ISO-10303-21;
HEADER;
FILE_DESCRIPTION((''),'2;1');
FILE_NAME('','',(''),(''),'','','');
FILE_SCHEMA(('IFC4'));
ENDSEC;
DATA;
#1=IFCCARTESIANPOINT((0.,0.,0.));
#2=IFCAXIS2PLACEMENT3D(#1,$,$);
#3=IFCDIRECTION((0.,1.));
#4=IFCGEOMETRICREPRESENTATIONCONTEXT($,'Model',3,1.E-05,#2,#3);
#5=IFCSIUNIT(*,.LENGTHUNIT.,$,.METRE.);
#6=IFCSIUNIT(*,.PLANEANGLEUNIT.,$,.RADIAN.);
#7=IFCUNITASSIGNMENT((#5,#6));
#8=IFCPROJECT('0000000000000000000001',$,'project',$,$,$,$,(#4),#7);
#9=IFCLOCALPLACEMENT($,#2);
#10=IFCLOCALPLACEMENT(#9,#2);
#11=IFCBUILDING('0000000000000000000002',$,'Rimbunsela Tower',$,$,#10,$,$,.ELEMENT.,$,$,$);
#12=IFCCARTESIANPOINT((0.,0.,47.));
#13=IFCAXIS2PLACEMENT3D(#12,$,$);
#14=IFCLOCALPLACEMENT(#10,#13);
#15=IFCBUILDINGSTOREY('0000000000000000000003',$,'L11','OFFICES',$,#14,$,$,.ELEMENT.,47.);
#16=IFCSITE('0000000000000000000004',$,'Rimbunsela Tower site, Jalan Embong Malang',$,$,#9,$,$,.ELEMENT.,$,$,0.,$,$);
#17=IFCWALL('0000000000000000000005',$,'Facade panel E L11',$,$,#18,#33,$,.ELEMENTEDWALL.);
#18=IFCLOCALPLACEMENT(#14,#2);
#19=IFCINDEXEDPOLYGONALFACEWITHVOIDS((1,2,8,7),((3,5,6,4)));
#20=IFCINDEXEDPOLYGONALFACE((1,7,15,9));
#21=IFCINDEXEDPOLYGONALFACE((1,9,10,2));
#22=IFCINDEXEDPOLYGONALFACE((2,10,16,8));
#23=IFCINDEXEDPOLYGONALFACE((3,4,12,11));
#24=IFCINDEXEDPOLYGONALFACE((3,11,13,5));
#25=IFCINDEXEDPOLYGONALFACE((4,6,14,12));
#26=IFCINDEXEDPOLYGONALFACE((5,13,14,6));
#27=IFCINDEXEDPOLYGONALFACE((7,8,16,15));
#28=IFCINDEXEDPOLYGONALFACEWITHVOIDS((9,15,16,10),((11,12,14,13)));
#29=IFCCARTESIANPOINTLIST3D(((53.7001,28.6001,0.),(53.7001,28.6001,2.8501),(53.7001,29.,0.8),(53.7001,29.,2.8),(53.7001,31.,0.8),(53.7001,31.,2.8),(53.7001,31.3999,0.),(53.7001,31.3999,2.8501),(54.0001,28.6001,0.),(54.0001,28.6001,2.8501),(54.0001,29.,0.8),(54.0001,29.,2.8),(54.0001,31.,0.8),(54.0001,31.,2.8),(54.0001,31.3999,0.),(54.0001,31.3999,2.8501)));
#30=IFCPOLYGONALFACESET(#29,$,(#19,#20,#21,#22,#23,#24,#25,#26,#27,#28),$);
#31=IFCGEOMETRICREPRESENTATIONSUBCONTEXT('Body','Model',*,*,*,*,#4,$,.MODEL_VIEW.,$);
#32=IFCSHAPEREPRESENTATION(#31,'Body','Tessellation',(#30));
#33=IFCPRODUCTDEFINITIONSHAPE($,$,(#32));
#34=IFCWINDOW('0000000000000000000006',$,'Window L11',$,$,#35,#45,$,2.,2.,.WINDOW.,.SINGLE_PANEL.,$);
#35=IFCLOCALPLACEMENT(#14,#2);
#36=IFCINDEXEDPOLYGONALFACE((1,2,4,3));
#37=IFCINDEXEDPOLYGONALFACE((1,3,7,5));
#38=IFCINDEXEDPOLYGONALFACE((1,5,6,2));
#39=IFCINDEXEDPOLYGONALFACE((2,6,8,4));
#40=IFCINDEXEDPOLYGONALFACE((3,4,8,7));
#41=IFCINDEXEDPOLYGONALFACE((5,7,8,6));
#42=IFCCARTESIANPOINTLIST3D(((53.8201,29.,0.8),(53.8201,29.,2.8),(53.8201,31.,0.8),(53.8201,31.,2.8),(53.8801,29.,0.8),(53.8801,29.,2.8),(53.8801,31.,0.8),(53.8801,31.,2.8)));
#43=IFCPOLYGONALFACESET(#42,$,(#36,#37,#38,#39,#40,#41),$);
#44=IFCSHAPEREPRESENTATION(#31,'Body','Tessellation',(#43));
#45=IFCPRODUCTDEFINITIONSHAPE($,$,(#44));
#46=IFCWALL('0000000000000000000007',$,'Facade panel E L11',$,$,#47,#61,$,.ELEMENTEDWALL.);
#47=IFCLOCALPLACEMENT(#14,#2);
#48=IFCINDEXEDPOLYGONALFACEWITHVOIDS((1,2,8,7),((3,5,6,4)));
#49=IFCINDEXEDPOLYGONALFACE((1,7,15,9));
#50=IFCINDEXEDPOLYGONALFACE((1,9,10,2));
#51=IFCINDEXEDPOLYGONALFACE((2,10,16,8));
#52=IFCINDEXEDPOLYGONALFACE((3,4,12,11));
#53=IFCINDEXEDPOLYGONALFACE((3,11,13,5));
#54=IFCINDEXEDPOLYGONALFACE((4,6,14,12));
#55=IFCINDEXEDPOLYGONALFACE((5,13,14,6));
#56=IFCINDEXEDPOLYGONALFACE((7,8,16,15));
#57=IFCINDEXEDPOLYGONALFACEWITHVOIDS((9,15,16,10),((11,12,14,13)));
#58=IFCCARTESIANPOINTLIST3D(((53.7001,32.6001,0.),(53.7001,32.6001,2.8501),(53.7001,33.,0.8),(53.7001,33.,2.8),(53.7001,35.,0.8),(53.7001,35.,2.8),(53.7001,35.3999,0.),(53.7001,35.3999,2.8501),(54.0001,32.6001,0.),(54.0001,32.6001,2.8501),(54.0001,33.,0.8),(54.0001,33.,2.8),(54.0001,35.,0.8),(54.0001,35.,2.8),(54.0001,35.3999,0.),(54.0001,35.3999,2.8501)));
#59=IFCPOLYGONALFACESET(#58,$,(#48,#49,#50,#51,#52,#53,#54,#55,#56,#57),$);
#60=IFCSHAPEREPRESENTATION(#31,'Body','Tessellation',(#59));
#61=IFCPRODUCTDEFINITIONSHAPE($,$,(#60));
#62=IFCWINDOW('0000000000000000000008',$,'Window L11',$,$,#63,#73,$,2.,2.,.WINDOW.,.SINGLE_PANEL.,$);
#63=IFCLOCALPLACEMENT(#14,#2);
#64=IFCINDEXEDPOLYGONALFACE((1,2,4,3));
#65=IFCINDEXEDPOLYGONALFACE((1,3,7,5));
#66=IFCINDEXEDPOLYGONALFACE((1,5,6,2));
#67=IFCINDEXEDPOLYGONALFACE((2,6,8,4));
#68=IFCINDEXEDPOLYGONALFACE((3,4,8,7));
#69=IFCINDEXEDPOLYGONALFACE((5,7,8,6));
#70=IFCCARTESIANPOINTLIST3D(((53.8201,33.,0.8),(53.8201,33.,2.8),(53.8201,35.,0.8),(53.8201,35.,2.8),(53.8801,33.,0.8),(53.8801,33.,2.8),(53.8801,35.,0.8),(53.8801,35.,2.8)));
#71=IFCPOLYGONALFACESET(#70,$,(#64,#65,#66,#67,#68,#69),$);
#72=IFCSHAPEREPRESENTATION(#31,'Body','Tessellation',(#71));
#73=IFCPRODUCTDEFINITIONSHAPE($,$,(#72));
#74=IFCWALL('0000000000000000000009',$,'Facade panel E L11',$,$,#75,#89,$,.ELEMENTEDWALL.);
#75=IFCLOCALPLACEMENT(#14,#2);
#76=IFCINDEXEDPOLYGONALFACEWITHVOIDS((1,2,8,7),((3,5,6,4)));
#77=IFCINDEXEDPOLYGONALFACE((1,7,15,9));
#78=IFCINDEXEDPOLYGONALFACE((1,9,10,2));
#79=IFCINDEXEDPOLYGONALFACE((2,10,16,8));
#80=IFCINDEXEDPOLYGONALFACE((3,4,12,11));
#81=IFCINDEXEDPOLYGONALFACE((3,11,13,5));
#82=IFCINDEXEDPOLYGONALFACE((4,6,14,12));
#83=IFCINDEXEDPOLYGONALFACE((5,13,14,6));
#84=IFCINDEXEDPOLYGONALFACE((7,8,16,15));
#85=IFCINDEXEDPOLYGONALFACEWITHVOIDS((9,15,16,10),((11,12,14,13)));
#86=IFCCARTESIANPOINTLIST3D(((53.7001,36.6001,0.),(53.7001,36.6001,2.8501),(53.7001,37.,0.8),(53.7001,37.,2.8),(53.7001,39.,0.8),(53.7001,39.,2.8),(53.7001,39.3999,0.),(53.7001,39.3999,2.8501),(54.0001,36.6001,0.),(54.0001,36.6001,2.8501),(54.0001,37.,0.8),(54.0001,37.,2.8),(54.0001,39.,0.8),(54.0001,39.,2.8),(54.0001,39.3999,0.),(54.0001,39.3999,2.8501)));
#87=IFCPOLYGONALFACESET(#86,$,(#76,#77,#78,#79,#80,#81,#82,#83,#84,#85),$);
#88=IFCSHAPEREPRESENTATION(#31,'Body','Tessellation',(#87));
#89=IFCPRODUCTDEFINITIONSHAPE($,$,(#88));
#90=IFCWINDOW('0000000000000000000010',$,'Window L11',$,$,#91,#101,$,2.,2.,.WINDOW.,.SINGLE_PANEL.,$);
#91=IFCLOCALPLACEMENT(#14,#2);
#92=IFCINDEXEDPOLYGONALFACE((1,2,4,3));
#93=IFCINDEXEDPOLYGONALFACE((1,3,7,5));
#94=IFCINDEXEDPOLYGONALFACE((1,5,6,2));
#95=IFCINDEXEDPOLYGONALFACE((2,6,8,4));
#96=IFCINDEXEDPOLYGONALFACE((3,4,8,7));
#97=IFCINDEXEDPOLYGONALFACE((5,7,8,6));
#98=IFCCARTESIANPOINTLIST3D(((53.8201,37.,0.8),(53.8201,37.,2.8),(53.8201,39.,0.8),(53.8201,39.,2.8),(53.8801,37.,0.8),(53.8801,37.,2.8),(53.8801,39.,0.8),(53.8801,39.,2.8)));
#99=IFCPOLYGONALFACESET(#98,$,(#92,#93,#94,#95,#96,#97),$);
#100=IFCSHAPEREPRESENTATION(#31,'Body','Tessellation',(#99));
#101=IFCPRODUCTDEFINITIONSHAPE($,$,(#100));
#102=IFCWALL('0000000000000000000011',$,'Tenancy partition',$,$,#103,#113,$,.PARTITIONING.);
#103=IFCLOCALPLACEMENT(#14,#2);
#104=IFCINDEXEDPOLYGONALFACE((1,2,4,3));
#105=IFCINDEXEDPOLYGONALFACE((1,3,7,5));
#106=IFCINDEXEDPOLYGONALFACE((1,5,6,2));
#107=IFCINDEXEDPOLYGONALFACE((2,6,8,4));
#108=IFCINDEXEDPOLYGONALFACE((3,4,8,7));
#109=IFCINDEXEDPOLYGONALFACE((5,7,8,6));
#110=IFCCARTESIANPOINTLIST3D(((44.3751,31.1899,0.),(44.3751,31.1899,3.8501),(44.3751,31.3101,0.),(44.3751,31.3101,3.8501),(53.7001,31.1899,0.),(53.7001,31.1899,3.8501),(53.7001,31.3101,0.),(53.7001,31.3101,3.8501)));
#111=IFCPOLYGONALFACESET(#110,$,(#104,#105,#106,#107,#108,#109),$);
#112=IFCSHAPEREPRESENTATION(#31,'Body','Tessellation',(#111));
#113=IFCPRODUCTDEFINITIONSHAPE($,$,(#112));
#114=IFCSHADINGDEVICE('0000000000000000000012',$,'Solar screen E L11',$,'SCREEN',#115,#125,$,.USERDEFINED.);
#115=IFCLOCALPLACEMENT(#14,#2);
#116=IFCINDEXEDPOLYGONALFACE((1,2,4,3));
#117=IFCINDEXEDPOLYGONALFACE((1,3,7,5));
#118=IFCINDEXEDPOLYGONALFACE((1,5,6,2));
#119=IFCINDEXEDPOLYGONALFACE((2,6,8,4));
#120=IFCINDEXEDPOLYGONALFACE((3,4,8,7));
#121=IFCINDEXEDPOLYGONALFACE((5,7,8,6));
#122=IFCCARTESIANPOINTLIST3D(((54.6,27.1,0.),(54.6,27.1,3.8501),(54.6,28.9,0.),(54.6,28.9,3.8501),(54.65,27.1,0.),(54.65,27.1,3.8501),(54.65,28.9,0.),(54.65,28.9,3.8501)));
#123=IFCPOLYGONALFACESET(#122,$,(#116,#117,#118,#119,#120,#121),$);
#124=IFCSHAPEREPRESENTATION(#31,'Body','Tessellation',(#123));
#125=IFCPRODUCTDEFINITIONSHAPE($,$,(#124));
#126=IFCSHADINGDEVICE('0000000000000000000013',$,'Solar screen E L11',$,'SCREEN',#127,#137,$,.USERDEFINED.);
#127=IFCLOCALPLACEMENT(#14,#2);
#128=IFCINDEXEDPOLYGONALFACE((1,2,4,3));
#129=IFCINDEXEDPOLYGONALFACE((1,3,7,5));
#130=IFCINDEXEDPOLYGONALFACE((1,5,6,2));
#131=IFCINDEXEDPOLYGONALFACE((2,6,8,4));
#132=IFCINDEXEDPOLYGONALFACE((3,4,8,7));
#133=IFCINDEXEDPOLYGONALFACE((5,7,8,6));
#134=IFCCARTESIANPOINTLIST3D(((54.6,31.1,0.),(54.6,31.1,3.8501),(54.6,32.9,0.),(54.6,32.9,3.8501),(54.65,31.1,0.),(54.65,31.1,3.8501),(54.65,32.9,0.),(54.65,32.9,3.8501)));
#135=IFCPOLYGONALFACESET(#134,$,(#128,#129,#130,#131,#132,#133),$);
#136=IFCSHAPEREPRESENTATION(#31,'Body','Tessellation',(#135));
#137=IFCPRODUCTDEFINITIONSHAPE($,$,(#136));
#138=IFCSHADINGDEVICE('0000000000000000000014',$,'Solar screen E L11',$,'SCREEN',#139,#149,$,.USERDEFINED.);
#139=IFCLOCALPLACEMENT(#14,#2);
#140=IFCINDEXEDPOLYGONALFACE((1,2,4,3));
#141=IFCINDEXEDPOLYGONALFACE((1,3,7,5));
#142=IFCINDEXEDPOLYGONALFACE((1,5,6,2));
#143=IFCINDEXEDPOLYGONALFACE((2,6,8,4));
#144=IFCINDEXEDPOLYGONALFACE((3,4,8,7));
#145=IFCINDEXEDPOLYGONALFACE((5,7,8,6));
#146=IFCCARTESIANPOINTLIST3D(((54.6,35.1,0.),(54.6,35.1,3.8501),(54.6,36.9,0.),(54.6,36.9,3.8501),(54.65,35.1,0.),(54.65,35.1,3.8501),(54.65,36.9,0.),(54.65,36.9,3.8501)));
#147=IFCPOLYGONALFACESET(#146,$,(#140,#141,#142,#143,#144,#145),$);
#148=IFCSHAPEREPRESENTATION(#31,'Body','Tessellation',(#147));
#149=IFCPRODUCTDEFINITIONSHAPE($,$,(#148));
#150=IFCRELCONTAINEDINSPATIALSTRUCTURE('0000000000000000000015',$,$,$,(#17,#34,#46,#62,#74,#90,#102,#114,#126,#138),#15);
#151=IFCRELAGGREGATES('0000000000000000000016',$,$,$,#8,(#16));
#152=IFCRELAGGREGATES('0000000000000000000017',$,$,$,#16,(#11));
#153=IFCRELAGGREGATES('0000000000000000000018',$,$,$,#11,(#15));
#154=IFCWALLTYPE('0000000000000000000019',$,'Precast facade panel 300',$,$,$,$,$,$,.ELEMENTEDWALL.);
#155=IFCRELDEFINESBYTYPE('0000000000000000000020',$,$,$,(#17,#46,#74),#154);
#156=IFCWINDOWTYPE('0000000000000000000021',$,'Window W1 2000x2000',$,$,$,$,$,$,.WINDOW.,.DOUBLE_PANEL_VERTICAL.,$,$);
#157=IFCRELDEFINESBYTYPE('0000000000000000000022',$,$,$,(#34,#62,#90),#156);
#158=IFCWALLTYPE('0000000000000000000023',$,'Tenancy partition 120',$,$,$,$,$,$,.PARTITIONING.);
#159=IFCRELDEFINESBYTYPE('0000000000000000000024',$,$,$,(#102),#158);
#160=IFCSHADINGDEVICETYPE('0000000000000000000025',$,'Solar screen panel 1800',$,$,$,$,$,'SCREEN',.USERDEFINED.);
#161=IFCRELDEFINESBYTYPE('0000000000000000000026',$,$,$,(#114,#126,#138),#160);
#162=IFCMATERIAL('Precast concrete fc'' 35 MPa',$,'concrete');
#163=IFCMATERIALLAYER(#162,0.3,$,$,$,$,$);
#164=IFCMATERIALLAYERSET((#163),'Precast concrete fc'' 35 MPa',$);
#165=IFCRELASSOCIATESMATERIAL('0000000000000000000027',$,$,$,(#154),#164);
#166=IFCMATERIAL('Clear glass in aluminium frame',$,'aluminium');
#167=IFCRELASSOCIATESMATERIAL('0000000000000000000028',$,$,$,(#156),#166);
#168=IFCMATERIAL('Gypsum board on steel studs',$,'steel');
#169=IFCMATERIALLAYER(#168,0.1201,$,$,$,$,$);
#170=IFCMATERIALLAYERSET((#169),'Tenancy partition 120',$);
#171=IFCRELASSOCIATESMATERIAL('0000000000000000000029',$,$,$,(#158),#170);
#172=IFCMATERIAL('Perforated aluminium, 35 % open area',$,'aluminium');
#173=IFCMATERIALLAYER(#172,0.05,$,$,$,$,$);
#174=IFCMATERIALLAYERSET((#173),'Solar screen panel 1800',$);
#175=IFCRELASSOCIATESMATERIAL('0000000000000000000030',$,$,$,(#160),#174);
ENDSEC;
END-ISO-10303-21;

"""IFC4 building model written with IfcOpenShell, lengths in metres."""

from ifc_helpers import new_model, si_unit, direction, frame, frame_2d, origin, origin_2d, place, context, subcontext, project, spatial, rectangle, extrude, material, layer, layer_set, type_object, element, fill, save


model = new_model("IFC4")

# Units and contexts
model_context = context("Model", 3, precision=1e-05, world=origin(), true_north=direction((0.0, 1.0)))
body_context = subcontext(model_context, "Body", "Model", "MODEL_VIEW")
ifc_project = project(units=[si_unit("LENGTHUNIT", "METRE"), si_unit("PLANEANGLEUNIT", "RADIAN")], contexts=[model_context])

# Site, building, storey
site_placement = place(None, origin())
site = spatial("IfcSite", under=ifc_project, at=site_placement, Name="Rimbunsela Tower site, Jalan Embong Malang", CompositionType="ELEMENT", RefElevation=0.0)
building_placement = place(site_placement, origin())
building = spatial("IfcBuilding", under=site, at=building_placement, Name="Rimbunsela Tower", CompositionType="ELEMENT")
storey_placement = place(building_placement, frame((0.0, 0.0, 47.0)))
storey = spatial("IfcBuildingStorey", under=building, at=storey_placement, Name="L11", Description="OFFICES", CompositionType="ELEMENT", Elevation=47.0)

# Walls, openings, windows
ifc_material_1 = material(Name="Precast concrete fc' 35 MPa", Category="concrete")
ifc_layer_1 = layer(ifc_material_1, 0.3)
ifc_layer_set_1 = layer_set([ifc_layer_1], Name="Precast concrete fc' 35 MPa")
wall_type_1 = type_object("IfcWallType", Name="Precast facade panel 300", PredefinedType="ELEMENTEDWALL", material=ifc_layer_set_1)
wall_1_placement = place(storey_placement, frame((53.8501, 28.6001, 0.0), z_axis=(0.0, 0.0, 1.0), x_axis=(0.0, 1.0, 0.0)))
wall_1 = element("IfcWall", 1, at=wall_1_placement, inside=storey, type_object=wall_type_1, Name="Facade panel E L11", PredefinedType="ELEMENTEDWALL", context=body_context, shape_type="SweptSolid", body=[
    extrude(rectangle(XDim=2.7998, YDim=0.3, at=frame_2d((1.3999, 0.0))), origin(), (0.0, 0.0, 1.0), 2.8501),
])
opening_1_placement = place(wall_1_placement, frame((0.3999, 0.0, 0.8)))
opening_1 = element("IfcOpeningElement", 2, at=opening_1_placement, cuts=wall_1, PredefinedType="OPENING", context=body_context, shape_type="SweptSolid", body=[
    extrude(rectangle(XDim=2.0, YDim=2.0, at=frame_2d((1.0, 1.0))), frame((0.0, 0.1599, 0.0), z_axis=(0.0, -1.0, 0.0), x_axis=(1.0, 0.0, 0.0)), (0.0, 0.0, 1.0), 0.3201),
])
ifc_material_2 = material(Name="Clear glass in aluminium frame", Category="aluminium")
window_type = type_object("IfcWindowType", Name="Window W1 2000x2000", PartitioningType="DOUBLE_PANEL_VERTICAL", PredefinedType="WINDOW", material=ifc_material_2)
window_1_placement = place(opening_1_placement, origin())
window_1 = element("IfcWindow", 3, at=window_1_placement, inside=storey, type_object=window_type, Name="Window L11", OverallHeight=2.0, OverallWidth=2.0, PartitioningType="SINGLE_PANEL", PredefinedType="WINDOW", context=body_context, shape_type="SweptSolid", body=[
    extrude(rectangle(XDim=2.0, YDim=2.0, at=frame_2d((1.0, 1.0))), frame((0.0, 0.03, 0.0), z_axis=(0.0, -1.0, 0.0), x_axis=(1.0, 0.0, 0.0)), (0.0, 0.0, 1.0), 0.0601),
])
fill(opening_1, window_1)
wall_2_placement = place(storey_placement, frame((53.8501, 32.6001, 0.0), z_axis=(0.0, 0.0, 1.0), x_axis=(0.0, 1.0, 0.0)))
wall_2 = element("IfcWall", 4, at=wall_2_placement, inside=storey, type_object=wall_type_1, Name="Facade panel E L11", PredefinedType="ELEMENTEDWALL", context=body_context, shape_type="SweptSolid", body=[
    extrude(rectangle(XDim=2.7998, YDim=0.3, at=frame_2d((1.3999, 0.0))), origin(), (0.0, 0.0, 1.0), 2.8501),
])
opening_2_placement = place(wall_2_placement, frame((0.3999, 0.0, 0.8)))
opening_2 = element("IfcOpeningElement", 5, at=opening_2_placement, cuts=wall_2, PredefinedType="OPENING", context=body_context, shape_type="SweptSolid", body=[
    extrude(rectangle(XDim=2.0, YDim=2.0, at=frame_2d((1.0, 1.0))), frame((0.0, 0.1599, 0.0), z_axis=(0.0, -1.0, 0.0), x_axis=(1.0, 0.0, 0.0)), (0.0, 0.0, 1.0), 0.3201),
])
window_2_placement = place(opening_2_placement, origin())
window_2 = element("IfcWindow", 6, at=window_2_placement, inside=storey, type_object=window_type, Name="Window L11", OverallHeight=2.0, OverallWidth=2.0, PartitioningType="SINGLE_PANEL", PredefinedType="WINDOW", context=body_context, shape_type="SweptSolid", body=[
    extrude(rectangle(XDim=2.0, YDim=2.0, at=frame_2d((1.0, 1.0))), frame((0.0, 0.03, 0.0), z_axis=(0.0, -1.0, 0.0), x_axis=(1.0, 0.0, 0.0)), (0.0, 0.0, 1.0), 0.0601),
])
fill(opening_2, window_2)
wall_3_placement = place(storey_placement, frame((53.8501, 36.6001, 0.0), z_axis=(0.0, 0.0, 1.0), x_axis=(0.0, 1.0, 0.0)))
wall_3 = element("IfcWall", 7, at=wall_3_placement, inside=storey, type_object=wall_type_1, Name="Facade panel E L11", PredefinedType="ELEMENTEDWALL", context=body_context, shape_type="SweptSolid", body=[
    extrude(rectangle(XDim=2.7998, YDim=0.3, at=frame_2d((1.3999, 0.0))), origin(), (0.0, 0.0, 1.0), 2.8501),
])
opening_3_placement = place(wall_3_placement, frame((0.3999, 0.0, 0.8)))
opening_3 = element("IfcOpeningElement", 8, at=opening_3_placement, cuts=wall_3, PredefinedType="OPENING", context=body_context, shape_type="SweptSolid", body=[
    extrude(rectangle(XDim=2.0, YDim=2.0, at=frame_2d((1.0, 1.0))), frame((0.0, 0.1599, 0.0), z_axis=(0.0, -1.0, 0.0), x_axis=(1.0, 0.0, 0.0)), (0.0, 0.0, 1.0), 0.3201),
])
window_3_placement = place(opening_3_placement, origin())
window_3 = element("IfcWindow", 9, at=window_3_placement, inside=storey, type_object=window_type, Name="Window L11", OverallHeight=2.0, OverallWidth=2.0, PartitioningType="SINGLE_PANEL", PredefinedType="WINDOW", context=body_context, shape_type="SweptSolid", body=[
    extrude(rectangle(XDim=2.0, YDim=2.0, at=frame_2d((1.0, 1.0))), frame((0.0, 0.03, 0.0), z_axis=(0.0, -1.0, 0.0), x_axis=(1.0, 0.0, 0.0)), (0.0, 0.0, 1.0), 0.0601),
])
fill(opening_3, window_3)

# Wall
ifc_material_3 = material(Name="Gypsum board on steel studs", Category="steel")
ifc_layer_2 = layer(ifc_material_3, 0.1201)
ifc_layer_set_2 = layer_set([ifc_layer_2], Name="Tenancy partition 120")
wall_type_2 = type_object("IfcWallType", Name="Tenancy partition 120", PredefinedType="PARTITIONING", material=ifc_layer_set_2)
wall_4_placement = place(storey_placement, frame((44.375, 31.25, 0.0), z_axis=(0.0, 0.0, 1.0), x_axis=(1.0, 0.0, 0.0)))
element("IfcWall", 10, at=wall_4_placement, inside=storey, type_object=wall_type_2, Name="Tenancy partition", PredefinedType="PARTITIONING", context=body_context, shape_type="SweptSolid", body=[
    extrude(rectangle(XDim=9.325, YDim=0.1201, at=frame_2d((4.6626, 0.0))), origin(), (0.0, 0.0, 1.0), 3.8501),
])

# Shading devices
ifc_material_4 = material(Name="Perforated aluminium, 35 % open area", Category="aluminium")
ifc_layer_3 = layer(ifc_material_4, 0.05)
ifc_layer_set_3 = layer_set([ifc_layer_3], Name="Solar screen panel 1800")
shading_device_type = type_object("IfcShadingDeviceType", Name="Solar screen panel 1800", ElementType="SCREEN", PredefinedType="USERDEFINED", material=ifc_layer_set_3)
for number, where, z_axis, x_axis, name in (
    (11, (54.625, 28.0, 0.0), (0.0, 0.0, 1.0), (0.0, 1.0, 0.0), "Solar screen E L11"),
    (12, (54.625, 32.0, 0.0), (0.0, 0.0, 1.0), (0.0, 1.0, 0.0), "Solar screen E L11"),
    (13, (54.625, 36.0, 0.0), (0.0, 0.0, 1.0), (0.0, 1.0, 0.0), "Solar screen E L11"),
):
    element("IfcShadingDevice", number, at=place(storey_placement, frame(where, z_axis=z_axis, x_axis=x_axis)), inside=storey, type_object=shading_device_type, Name=name, ObjectType="SCREEN", PredefinedType="USERDEFINED", context=body_context, shape_type="SweptSolid", body=[
        extrude(rectangle(XDim=1.8, YDim=0.05, at=origin_2d()), origin(), (0.0, 0.0, 1.0), 3.8501),
    ])

save(model, "model.ifc")
